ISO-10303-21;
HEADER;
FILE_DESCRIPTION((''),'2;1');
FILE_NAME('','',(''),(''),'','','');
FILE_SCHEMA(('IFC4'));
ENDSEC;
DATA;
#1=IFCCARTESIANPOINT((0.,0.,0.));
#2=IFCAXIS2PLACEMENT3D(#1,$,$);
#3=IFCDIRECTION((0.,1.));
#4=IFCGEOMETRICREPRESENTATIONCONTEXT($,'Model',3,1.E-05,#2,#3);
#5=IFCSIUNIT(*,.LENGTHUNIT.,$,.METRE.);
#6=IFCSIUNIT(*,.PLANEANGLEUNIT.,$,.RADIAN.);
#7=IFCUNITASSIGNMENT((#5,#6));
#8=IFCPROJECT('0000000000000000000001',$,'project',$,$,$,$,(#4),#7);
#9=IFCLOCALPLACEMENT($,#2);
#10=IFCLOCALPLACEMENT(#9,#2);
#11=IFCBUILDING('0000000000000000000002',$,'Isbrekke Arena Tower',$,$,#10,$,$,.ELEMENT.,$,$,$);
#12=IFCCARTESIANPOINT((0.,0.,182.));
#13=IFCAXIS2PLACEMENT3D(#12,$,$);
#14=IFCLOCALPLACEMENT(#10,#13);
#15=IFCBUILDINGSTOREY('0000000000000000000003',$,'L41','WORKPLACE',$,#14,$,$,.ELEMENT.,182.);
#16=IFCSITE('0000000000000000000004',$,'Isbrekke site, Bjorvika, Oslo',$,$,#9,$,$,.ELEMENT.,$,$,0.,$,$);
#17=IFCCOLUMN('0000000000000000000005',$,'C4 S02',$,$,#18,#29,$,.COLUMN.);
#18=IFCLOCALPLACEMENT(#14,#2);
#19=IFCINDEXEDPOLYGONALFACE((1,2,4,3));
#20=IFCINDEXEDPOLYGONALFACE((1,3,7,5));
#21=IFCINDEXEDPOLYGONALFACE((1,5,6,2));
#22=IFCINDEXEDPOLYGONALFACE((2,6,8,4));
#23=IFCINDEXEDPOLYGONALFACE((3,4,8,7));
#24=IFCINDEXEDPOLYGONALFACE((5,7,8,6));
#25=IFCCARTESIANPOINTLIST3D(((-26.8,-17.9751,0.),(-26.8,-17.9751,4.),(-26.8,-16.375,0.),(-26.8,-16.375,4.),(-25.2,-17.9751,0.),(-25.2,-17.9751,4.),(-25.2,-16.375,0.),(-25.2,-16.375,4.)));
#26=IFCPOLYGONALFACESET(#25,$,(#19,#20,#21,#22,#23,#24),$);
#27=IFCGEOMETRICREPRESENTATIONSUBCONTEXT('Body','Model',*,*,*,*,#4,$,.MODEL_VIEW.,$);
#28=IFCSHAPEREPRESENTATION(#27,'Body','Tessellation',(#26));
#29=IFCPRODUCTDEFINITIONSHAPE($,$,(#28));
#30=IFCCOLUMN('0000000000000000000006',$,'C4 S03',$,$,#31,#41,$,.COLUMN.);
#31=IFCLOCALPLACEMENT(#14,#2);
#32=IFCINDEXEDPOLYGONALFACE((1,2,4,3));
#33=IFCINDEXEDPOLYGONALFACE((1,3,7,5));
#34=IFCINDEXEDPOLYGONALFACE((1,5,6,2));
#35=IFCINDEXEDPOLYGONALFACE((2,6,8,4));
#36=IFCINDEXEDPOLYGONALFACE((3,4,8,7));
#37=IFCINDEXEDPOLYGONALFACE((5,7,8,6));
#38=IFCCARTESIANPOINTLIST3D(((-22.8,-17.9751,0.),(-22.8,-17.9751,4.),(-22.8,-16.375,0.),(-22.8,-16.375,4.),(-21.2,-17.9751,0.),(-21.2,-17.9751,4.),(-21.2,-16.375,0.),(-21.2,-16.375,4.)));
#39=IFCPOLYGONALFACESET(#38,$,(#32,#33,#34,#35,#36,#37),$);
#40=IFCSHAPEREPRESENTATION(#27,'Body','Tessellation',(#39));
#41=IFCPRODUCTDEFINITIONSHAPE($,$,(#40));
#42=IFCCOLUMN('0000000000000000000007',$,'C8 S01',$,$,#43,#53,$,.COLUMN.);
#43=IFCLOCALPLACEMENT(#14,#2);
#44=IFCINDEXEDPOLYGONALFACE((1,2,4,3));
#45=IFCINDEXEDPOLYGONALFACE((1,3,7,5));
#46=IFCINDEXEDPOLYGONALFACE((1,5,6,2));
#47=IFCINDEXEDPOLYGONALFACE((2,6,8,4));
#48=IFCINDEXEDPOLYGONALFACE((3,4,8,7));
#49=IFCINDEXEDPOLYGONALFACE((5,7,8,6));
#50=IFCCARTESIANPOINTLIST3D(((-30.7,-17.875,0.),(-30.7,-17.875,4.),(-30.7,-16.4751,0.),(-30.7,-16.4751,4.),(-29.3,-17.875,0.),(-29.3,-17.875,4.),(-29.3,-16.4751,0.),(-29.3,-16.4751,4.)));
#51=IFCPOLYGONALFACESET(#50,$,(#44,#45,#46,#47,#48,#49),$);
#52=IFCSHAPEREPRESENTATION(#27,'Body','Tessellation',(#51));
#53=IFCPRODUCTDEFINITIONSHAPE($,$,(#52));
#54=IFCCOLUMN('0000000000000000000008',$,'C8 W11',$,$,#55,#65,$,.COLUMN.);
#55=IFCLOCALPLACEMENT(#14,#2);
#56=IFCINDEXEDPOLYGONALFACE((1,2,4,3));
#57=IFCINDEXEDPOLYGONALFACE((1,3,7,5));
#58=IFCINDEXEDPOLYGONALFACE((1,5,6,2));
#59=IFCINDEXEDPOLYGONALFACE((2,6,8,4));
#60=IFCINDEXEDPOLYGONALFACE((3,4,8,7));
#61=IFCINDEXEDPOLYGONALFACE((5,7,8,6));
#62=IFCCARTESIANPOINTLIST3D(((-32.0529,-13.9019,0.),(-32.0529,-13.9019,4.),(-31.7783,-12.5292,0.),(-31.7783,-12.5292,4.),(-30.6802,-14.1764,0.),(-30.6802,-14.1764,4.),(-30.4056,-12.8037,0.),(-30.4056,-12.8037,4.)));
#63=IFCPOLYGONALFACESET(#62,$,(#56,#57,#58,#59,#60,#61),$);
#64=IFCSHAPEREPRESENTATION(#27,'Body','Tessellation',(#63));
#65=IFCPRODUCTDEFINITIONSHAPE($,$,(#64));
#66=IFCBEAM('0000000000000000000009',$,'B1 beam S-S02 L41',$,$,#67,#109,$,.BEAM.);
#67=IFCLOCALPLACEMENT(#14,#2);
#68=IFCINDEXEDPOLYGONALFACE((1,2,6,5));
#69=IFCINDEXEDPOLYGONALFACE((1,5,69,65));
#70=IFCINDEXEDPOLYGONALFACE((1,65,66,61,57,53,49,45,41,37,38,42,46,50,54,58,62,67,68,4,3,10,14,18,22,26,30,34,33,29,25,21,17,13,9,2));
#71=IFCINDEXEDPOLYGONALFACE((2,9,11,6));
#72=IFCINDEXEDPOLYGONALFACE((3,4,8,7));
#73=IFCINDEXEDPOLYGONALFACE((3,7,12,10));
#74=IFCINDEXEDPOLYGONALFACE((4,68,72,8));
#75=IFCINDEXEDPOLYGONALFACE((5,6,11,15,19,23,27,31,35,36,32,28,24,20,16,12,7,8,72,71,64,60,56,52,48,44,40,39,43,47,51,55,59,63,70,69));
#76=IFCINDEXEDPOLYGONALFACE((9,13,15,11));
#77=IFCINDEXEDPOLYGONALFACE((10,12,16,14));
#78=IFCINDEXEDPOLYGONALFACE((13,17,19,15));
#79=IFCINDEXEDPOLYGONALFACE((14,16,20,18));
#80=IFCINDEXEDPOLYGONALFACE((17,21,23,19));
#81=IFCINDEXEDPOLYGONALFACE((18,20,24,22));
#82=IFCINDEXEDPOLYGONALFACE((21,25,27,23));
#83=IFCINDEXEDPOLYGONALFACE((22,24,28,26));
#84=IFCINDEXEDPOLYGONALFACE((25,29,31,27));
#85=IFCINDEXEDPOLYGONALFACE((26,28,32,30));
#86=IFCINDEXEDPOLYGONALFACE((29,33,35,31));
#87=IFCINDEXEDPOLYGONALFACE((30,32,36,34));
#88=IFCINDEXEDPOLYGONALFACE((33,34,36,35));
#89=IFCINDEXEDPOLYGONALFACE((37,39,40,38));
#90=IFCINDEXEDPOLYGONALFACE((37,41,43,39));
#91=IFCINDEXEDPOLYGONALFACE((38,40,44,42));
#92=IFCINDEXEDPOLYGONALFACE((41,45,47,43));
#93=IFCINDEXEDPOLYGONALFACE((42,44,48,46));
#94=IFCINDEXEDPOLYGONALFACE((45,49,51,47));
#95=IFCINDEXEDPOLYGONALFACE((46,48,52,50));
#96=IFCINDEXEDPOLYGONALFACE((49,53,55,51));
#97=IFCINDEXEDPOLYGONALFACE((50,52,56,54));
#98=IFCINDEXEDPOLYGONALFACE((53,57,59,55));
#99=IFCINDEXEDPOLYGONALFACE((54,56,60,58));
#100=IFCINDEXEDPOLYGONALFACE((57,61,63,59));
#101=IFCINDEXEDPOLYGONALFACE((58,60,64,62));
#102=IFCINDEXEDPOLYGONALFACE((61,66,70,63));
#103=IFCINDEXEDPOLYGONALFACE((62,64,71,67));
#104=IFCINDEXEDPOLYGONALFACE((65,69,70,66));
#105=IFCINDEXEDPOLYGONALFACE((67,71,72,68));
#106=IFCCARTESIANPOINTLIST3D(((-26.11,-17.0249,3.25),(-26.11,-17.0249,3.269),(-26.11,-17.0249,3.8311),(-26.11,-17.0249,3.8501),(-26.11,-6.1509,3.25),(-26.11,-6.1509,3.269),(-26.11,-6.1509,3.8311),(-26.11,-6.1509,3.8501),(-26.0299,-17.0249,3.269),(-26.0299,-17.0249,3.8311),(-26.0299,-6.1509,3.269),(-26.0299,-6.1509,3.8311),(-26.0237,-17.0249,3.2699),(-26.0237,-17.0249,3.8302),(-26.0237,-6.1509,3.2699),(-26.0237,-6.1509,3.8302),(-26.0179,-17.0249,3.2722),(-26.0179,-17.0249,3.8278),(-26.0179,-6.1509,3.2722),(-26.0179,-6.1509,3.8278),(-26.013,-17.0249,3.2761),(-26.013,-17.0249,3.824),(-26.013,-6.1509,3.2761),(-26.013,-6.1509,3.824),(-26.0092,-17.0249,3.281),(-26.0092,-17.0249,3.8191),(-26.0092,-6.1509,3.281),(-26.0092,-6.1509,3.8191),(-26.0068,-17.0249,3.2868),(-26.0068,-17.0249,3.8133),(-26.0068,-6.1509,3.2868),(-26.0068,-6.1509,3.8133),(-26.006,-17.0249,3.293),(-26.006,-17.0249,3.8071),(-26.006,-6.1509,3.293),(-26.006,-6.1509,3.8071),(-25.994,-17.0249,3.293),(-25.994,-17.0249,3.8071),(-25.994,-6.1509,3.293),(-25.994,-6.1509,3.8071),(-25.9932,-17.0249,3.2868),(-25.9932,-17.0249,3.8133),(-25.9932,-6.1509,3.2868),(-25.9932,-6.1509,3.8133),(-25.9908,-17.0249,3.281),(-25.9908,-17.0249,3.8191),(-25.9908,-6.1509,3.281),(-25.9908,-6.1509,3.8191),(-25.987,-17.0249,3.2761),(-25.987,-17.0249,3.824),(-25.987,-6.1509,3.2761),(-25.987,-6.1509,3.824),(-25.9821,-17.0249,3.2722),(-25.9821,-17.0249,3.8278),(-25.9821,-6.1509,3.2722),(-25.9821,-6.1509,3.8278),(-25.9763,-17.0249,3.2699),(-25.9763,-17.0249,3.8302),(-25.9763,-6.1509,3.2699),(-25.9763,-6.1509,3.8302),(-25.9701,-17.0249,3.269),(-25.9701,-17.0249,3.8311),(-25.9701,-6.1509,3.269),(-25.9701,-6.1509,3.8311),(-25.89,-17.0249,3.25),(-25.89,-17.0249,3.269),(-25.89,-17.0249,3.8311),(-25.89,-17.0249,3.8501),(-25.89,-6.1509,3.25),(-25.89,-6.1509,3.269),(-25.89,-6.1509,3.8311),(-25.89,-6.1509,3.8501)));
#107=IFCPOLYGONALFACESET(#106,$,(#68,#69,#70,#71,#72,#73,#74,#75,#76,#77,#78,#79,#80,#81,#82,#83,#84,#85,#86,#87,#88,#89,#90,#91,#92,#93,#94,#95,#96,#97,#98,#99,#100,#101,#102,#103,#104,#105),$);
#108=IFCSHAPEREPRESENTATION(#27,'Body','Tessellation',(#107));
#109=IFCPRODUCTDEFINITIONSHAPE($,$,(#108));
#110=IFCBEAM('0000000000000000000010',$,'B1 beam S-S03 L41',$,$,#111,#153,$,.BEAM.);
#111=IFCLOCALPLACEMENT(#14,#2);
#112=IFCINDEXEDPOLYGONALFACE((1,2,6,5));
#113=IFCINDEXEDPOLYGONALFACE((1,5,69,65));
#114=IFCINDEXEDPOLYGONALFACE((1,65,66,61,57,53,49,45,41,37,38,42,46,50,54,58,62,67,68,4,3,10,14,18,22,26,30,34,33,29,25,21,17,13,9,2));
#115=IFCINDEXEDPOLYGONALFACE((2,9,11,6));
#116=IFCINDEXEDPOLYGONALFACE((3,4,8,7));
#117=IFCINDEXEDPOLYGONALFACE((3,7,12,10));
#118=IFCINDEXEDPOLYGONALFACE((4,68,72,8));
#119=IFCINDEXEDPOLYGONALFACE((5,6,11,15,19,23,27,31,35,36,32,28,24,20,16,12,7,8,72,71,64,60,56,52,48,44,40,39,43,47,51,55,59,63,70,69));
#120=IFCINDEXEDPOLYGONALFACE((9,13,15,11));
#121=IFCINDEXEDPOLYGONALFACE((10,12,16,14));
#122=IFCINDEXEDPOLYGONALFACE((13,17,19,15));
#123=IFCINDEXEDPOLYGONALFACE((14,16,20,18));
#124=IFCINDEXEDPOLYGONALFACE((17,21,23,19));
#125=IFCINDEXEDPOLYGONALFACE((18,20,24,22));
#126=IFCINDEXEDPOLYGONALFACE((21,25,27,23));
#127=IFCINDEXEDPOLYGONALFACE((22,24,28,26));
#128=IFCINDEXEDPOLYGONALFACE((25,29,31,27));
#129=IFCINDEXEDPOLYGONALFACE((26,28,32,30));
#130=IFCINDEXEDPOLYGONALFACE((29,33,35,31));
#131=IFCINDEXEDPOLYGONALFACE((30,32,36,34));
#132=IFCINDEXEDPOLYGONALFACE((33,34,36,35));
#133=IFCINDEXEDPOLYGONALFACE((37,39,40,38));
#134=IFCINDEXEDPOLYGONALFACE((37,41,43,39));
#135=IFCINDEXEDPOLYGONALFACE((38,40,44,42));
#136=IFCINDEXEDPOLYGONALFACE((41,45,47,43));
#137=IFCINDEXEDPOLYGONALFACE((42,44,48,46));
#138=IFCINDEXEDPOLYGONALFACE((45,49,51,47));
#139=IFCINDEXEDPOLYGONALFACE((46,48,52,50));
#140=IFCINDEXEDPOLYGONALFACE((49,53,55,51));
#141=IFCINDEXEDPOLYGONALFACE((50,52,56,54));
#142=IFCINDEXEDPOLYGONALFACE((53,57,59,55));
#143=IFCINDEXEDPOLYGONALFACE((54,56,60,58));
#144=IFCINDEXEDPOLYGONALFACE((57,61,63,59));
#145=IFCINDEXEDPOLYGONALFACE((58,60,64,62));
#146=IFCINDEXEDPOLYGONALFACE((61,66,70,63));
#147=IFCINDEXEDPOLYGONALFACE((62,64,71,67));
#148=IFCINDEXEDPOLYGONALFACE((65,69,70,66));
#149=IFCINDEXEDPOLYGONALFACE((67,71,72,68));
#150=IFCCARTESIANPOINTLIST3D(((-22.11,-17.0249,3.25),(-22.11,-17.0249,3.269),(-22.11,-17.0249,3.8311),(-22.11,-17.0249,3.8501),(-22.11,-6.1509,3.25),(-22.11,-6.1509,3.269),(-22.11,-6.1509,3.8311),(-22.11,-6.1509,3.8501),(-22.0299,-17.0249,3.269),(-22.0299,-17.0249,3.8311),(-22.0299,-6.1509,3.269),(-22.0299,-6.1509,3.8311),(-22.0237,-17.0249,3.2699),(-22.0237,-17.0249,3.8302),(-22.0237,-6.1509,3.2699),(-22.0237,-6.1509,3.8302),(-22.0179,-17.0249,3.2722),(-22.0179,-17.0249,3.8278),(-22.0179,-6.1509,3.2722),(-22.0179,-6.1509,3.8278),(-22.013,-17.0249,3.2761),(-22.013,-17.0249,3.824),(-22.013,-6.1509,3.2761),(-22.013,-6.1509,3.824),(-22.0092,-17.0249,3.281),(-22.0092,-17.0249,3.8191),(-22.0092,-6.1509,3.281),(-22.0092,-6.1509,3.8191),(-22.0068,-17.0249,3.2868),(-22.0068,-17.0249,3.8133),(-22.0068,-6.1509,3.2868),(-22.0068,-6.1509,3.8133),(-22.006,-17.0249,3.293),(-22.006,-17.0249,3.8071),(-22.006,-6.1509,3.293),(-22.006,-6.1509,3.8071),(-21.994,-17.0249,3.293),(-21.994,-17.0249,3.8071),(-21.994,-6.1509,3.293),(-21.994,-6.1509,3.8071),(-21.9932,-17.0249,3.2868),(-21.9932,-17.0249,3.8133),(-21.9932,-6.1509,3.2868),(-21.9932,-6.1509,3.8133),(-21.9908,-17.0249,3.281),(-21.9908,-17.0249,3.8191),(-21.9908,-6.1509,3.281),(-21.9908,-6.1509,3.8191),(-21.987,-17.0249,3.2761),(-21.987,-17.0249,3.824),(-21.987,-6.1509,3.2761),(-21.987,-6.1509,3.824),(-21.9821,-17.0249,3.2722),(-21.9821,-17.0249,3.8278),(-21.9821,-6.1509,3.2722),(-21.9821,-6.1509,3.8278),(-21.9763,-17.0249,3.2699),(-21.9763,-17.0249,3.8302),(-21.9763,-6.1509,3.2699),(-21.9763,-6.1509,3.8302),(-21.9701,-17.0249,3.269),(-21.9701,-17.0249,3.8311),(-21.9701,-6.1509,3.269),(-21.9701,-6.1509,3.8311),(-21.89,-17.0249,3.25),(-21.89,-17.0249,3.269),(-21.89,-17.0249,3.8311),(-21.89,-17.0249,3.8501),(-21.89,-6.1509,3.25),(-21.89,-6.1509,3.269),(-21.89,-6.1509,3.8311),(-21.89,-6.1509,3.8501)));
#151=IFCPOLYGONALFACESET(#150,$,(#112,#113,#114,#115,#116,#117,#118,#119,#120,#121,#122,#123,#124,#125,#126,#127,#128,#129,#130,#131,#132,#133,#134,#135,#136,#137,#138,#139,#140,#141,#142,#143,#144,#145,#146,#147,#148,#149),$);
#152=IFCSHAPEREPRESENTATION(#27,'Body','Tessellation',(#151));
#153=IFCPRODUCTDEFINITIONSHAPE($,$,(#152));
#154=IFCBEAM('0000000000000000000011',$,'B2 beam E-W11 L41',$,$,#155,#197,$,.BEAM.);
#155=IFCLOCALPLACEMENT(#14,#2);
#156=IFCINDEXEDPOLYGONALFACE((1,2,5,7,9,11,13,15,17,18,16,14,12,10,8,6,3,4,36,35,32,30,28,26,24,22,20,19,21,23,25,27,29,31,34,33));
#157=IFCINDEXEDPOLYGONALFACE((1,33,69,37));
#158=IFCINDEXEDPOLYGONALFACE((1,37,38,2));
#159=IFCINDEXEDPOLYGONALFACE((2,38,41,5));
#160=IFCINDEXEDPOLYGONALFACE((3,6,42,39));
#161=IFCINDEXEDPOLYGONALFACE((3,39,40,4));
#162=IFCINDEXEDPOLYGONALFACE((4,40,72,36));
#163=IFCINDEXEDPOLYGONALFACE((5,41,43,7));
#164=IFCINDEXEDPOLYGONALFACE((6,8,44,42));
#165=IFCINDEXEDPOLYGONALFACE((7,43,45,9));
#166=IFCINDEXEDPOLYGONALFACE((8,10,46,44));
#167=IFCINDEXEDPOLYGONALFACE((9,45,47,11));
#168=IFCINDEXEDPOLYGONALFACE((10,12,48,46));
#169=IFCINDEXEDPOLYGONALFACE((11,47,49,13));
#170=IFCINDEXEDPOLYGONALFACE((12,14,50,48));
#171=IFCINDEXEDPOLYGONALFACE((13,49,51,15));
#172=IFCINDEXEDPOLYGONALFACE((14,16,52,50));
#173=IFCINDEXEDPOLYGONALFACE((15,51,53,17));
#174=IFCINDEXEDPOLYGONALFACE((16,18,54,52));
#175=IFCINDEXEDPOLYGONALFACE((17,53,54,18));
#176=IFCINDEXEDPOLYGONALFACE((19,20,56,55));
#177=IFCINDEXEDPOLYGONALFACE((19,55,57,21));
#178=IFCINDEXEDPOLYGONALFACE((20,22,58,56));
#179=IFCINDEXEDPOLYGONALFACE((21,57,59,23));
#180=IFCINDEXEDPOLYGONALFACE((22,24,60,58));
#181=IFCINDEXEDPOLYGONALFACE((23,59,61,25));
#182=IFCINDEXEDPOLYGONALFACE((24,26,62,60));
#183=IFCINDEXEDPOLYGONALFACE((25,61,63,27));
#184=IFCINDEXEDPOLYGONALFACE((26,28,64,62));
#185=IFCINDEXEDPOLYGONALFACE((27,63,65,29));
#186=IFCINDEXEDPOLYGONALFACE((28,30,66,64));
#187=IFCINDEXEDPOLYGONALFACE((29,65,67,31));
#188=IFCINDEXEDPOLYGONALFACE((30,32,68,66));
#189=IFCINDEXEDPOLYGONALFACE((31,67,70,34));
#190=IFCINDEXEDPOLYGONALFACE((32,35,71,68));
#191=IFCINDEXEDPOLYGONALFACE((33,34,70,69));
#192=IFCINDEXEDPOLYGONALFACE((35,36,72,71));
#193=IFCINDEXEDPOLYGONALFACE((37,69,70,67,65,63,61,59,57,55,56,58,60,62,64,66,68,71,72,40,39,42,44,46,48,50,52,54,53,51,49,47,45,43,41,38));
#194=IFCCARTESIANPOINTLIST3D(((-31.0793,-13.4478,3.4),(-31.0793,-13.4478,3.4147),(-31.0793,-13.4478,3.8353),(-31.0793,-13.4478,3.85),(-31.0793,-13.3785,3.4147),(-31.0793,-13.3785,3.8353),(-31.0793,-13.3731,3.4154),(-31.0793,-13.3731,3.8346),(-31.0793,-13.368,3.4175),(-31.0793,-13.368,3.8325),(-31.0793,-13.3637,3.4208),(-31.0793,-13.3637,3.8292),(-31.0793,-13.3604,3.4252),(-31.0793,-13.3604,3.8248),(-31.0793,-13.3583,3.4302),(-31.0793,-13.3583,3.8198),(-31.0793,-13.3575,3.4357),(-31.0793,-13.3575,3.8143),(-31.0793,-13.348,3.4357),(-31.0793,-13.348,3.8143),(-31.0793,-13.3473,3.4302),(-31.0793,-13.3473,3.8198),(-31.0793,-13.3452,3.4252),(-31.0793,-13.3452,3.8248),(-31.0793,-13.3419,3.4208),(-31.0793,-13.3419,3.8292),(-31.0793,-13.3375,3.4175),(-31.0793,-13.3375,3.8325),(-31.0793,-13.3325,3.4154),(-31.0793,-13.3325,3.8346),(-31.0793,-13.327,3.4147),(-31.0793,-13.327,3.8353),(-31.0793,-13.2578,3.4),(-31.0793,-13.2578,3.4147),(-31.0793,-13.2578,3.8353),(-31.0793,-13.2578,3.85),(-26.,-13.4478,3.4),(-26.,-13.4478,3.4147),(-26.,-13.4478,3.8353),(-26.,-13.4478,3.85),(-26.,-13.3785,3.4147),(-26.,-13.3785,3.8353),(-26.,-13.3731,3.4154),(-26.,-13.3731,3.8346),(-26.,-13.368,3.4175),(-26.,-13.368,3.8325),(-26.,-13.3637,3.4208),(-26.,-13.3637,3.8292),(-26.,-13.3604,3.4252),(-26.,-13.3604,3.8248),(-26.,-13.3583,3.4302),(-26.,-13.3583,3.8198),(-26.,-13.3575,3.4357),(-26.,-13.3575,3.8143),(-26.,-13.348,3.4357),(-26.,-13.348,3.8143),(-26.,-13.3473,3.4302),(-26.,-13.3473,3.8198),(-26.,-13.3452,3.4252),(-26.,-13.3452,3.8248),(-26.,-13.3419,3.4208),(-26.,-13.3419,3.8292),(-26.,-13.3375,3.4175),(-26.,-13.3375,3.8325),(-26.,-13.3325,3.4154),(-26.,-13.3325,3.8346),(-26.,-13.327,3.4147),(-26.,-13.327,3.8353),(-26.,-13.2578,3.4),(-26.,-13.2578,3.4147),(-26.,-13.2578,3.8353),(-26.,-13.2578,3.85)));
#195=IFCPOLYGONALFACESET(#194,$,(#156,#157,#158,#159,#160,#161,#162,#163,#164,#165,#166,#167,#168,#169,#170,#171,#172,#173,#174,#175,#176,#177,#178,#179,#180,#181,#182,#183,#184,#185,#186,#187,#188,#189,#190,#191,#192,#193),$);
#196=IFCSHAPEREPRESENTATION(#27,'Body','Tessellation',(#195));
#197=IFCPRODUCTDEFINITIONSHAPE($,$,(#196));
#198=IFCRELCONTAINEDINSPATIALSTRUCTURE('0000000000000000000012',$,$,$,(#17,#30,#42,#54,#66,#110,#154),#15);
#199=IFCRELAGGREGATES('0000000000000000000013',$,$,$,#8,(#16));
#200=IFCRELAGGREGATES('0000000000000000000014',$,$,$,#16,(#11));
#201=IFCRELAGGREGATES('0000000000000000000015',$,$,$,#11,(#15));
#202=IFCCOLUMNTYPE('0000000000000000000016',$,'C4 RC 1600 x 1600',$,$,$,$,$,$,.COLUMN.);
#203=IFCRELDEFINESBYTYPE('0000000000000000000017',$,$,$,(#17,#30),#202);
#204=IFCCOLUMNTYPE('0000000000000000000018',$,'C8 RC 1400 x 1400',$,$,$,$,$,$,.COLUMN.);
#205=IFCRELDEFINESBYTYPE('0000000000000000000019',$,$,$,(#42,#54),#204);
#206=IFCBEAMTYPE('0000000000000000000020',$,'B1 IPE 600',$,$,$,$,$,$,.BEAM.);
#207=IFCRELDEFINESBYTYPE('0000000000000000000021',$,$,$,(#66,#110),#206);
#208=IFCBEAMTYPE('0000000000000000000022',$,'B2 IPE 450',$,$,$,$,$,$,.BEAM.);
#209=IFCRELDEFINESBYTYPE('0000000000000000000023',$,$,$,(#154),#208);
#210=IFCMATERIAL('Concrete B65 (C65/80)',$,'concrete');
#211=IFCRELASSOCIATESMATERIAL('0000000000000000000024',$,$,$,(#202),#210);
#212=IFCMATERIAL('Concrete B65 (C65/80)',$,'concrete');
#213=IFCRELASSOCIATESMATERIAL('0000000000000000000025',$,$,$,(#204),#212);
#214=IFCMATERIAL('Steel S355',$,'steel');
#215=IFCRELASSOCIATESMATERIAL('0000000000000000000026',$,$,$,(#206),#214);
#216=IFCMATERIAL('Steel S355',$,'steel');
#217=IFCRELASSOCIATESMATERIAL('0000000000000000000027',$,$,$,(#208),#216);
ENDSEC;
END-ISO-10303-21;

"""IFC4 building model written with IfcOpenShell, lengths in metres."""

from ifc_helpers import new_model, si_unit, direction, frame, origin, origin_2d, place, context, subcontext, project, spatial, rectangle, i_section, extrude, material, material_profile, profile_set, type_object, element, save


model = new_model("IFC4")

# Units and contexts
model_context = context("Model", 3, precision=1e-05, world=origin(), true_north=direction((0.0, 1.0)))
body_context = subcontext(model_context, "Body", "Model", "MODEL_VIEW")
ifc_project = project(units=[si_unit("LENGTHUNIT", "METRE"), si_unit("PLANEANGLEUNIT", "RADIAN")], contexts=[model_context])

# Site, building, storey
site_placement = place(None, origin())
site = spatial("IfcSite", under=ifc_project, at=site_placement, Name="Isbrekke site, Bjorvika, Oslo", CompositionType="ELEMENT", RefElevation=0.0)
building_placement = place(site_placement, origin())
building = spatial("IfcBuilding", under=site, at=building_placement, Name="Isbrekke Arena Tower", CompositionType="ELEMENT")
storey_placement = place(building_placement, frame((0.0, 0.0, 182.0)))
storey = spatial("IfcBuildingStorey", under=building, at=storey_placement, Name="L41", Description="WORKPLACE", CompositionType="ELEMENT", Elevation=182.0)

# Columns
ifc_material_1 = material(Name="Concrete B65 (C65/80)", Category="concrete")
ifc_material_profile_1 = material_profile(ifc_material_1, rectangle(XDim=1.6001, YDim=1.6001, at=origin_2d()), Name="RC 1600x1600")
ifc_profile_set_1 = profile_set([ifc_material_profile_1], Name="Concrete B65 (C65/80)")
column_type_1 = type_object("IfcColumnType", Name="C4 RC 1600 x 1600", PredefinedType="COLUMN", material=ifc_profile_set_1)
for number, where, z_axis, x_axis, name in (
    (1, (-26.0, -17.175, 0.0), (0.0, 0.0, 1.0), (1.0, 0.0, 0.0), "C4 S02"),
    (2, (-22.0, -17.175, 0.0), (0.0, 0.0, 1.0), (1.0, 0.0, 0.0), "C4 S03"),
):
    element("IfcColumn", number, at=place(storey_placement, frame(where, z_axis=z_axis, x_axis=x_axis)), inside=storey, type_object=column_type_1, Name=name, PredefinedType="COLUMN", context=body_context, shape_type="SweptSolid", body=[
        extrude(rectangle(XDim=1.6001, YDim=1.6001, at=origin_2d()), origin(), (0.0, 0.0, 1.0), 4.0),
    ])
ifc_material_2 = material(Name="Concrete B65 (C65/80)", Category="concrete")
ifc_material_profile_2 = material_profile(ifc_material_2, rectangle(XDim=1.3999, YDim=1.3999, at=origin_2d()), Name="RC 1400x1400")
ifc_profile_set_2 = profile_set([ifc_material_profile_2], Name="Concrete B65 (C65/80)")
column_type_2 = type_object("IfcColumnType", Name="C8 RC 1400 x 1400", PredefinedType="COLUMN", material=ifc_profile_set_2)
for number, where, z_axis, x_axis, name in (
    (3, (-30.0, -17.175, 0.0), (0.0, 0.0, 1.0), (1.0, 0.0, 0.0), "C8 S01"),
    (4, (-31.2292, -13.3528, 0.0), (0.0, 0.0, 1.0), (-0.196116, -0.980581, 0.0), "C8 W11"),
):
    element("IfcColumn", number, at=place(storey_placement, frame(where, z_axis=z_axis, x_axis=x_axis)), inside=storey, type_object=column_type_2, Name=name, PredefinedType="COLUMN", context=body_context, shape_type="SweptSolid", body=[
        extrude(rectangle(XDim=1.3999, YDim=1.3999, at=origin_2d()), origin(), (0.0, 0.0, 1.0), 4.0),
    ])

# Beams
ifc_material_3 = material(Name="Steel S355", Category="steel")
ifc_material_profile_3 = material_profile(ifc_material_3, i_section(OverallWidth=0.22, OverallDepth=0.6001, WebThickness=0.012, FlangeThickness=0.019, FilletRadius=0.0239, at=origin_2d()), Name="IPE 600")
ifc_profile_set_3 = profile_set([ifc_material_profile_3], Name="Steel S355")
beam_type_1 = type_object("IfcBeamType", Name="B1 IPE 600", PredefinedType="BEAM", material=ifc_profile_set_3)
for number, where, z_axis, x_axis, name in (
    (5, (-26.0, -17.0249, 3.55), (0.0, 1.0, 0.0), (-1.0, 0.0, 0.0), "B1 beam S-S02 L41"),
    (6, (-22.0, -17.0249, 3.55), (0.0, 1.0, 0.0), (-1.0, 0.0, 0.0), "B1 beam S-S03 L41"),
):
    element("IfcBeam", number, at=place(storey_placement, frame(where, z_axis=z_axis, x_axis=x_axis)), inside=storey, type_object=beam_type_1, Name=name, PredefinedType="BEAM", context=body_context, shape_type="SweptSolid", body=[
        extrude(i_section(OverallWidth=0.22, OverallDepth=0.6001, WebThickness=0.012, FlangeThickness=0.019, FilletRadius=0.0239, at=origin_2d()), origin(), (0.0, 0.0, 1.0), 10.874),
    ])
ifc_material_4 = material(Name="Steel S355", Category="steel")
ifc_material_profile_4 = material_profile(ifc_material_4, i_section(OverallWidth=0.1899, OverallDepth=0.45, WebThickness=0.0095, FlangeThickness=0.0146, FilletRadius=0.021, at=origin_2d()), Name="IPE 450")
ifc_profile_set_4 = profile_set([ifc_material_profile_4], Name="Steel S355")
beam_type_2 = type_object("IfcBeamType", Name="B2 IPE 450", PredefinedType="BEAM", material=ifc_profile_set_4)
beam_1_placement = place(storey_placement, frame((-31.0793, -13.3528, 3.625), z_axis=(1.0, 0.0, 0.0), x_axis=(0.0, 1.0, 0.0)))
element("IfcBeam", 7, at=beam_1_placement, inside=storey, type_object=beam_type_2, Name="B2 beam E-W11 L41", PredefinedType="BEAM", context=body_context, shape_type="SweptSolid", body=[
    extrude(i_section(OverallWidth=0.1899, OverallDepth=0.45, WebThickness=0.0095, FlangeThickness=0.0146, FilletRadius=0.021, at=origin_2d()), origin(), (0.0, 0.0, 1.0), 5.0793),
])

save(model, "model.ifc")
